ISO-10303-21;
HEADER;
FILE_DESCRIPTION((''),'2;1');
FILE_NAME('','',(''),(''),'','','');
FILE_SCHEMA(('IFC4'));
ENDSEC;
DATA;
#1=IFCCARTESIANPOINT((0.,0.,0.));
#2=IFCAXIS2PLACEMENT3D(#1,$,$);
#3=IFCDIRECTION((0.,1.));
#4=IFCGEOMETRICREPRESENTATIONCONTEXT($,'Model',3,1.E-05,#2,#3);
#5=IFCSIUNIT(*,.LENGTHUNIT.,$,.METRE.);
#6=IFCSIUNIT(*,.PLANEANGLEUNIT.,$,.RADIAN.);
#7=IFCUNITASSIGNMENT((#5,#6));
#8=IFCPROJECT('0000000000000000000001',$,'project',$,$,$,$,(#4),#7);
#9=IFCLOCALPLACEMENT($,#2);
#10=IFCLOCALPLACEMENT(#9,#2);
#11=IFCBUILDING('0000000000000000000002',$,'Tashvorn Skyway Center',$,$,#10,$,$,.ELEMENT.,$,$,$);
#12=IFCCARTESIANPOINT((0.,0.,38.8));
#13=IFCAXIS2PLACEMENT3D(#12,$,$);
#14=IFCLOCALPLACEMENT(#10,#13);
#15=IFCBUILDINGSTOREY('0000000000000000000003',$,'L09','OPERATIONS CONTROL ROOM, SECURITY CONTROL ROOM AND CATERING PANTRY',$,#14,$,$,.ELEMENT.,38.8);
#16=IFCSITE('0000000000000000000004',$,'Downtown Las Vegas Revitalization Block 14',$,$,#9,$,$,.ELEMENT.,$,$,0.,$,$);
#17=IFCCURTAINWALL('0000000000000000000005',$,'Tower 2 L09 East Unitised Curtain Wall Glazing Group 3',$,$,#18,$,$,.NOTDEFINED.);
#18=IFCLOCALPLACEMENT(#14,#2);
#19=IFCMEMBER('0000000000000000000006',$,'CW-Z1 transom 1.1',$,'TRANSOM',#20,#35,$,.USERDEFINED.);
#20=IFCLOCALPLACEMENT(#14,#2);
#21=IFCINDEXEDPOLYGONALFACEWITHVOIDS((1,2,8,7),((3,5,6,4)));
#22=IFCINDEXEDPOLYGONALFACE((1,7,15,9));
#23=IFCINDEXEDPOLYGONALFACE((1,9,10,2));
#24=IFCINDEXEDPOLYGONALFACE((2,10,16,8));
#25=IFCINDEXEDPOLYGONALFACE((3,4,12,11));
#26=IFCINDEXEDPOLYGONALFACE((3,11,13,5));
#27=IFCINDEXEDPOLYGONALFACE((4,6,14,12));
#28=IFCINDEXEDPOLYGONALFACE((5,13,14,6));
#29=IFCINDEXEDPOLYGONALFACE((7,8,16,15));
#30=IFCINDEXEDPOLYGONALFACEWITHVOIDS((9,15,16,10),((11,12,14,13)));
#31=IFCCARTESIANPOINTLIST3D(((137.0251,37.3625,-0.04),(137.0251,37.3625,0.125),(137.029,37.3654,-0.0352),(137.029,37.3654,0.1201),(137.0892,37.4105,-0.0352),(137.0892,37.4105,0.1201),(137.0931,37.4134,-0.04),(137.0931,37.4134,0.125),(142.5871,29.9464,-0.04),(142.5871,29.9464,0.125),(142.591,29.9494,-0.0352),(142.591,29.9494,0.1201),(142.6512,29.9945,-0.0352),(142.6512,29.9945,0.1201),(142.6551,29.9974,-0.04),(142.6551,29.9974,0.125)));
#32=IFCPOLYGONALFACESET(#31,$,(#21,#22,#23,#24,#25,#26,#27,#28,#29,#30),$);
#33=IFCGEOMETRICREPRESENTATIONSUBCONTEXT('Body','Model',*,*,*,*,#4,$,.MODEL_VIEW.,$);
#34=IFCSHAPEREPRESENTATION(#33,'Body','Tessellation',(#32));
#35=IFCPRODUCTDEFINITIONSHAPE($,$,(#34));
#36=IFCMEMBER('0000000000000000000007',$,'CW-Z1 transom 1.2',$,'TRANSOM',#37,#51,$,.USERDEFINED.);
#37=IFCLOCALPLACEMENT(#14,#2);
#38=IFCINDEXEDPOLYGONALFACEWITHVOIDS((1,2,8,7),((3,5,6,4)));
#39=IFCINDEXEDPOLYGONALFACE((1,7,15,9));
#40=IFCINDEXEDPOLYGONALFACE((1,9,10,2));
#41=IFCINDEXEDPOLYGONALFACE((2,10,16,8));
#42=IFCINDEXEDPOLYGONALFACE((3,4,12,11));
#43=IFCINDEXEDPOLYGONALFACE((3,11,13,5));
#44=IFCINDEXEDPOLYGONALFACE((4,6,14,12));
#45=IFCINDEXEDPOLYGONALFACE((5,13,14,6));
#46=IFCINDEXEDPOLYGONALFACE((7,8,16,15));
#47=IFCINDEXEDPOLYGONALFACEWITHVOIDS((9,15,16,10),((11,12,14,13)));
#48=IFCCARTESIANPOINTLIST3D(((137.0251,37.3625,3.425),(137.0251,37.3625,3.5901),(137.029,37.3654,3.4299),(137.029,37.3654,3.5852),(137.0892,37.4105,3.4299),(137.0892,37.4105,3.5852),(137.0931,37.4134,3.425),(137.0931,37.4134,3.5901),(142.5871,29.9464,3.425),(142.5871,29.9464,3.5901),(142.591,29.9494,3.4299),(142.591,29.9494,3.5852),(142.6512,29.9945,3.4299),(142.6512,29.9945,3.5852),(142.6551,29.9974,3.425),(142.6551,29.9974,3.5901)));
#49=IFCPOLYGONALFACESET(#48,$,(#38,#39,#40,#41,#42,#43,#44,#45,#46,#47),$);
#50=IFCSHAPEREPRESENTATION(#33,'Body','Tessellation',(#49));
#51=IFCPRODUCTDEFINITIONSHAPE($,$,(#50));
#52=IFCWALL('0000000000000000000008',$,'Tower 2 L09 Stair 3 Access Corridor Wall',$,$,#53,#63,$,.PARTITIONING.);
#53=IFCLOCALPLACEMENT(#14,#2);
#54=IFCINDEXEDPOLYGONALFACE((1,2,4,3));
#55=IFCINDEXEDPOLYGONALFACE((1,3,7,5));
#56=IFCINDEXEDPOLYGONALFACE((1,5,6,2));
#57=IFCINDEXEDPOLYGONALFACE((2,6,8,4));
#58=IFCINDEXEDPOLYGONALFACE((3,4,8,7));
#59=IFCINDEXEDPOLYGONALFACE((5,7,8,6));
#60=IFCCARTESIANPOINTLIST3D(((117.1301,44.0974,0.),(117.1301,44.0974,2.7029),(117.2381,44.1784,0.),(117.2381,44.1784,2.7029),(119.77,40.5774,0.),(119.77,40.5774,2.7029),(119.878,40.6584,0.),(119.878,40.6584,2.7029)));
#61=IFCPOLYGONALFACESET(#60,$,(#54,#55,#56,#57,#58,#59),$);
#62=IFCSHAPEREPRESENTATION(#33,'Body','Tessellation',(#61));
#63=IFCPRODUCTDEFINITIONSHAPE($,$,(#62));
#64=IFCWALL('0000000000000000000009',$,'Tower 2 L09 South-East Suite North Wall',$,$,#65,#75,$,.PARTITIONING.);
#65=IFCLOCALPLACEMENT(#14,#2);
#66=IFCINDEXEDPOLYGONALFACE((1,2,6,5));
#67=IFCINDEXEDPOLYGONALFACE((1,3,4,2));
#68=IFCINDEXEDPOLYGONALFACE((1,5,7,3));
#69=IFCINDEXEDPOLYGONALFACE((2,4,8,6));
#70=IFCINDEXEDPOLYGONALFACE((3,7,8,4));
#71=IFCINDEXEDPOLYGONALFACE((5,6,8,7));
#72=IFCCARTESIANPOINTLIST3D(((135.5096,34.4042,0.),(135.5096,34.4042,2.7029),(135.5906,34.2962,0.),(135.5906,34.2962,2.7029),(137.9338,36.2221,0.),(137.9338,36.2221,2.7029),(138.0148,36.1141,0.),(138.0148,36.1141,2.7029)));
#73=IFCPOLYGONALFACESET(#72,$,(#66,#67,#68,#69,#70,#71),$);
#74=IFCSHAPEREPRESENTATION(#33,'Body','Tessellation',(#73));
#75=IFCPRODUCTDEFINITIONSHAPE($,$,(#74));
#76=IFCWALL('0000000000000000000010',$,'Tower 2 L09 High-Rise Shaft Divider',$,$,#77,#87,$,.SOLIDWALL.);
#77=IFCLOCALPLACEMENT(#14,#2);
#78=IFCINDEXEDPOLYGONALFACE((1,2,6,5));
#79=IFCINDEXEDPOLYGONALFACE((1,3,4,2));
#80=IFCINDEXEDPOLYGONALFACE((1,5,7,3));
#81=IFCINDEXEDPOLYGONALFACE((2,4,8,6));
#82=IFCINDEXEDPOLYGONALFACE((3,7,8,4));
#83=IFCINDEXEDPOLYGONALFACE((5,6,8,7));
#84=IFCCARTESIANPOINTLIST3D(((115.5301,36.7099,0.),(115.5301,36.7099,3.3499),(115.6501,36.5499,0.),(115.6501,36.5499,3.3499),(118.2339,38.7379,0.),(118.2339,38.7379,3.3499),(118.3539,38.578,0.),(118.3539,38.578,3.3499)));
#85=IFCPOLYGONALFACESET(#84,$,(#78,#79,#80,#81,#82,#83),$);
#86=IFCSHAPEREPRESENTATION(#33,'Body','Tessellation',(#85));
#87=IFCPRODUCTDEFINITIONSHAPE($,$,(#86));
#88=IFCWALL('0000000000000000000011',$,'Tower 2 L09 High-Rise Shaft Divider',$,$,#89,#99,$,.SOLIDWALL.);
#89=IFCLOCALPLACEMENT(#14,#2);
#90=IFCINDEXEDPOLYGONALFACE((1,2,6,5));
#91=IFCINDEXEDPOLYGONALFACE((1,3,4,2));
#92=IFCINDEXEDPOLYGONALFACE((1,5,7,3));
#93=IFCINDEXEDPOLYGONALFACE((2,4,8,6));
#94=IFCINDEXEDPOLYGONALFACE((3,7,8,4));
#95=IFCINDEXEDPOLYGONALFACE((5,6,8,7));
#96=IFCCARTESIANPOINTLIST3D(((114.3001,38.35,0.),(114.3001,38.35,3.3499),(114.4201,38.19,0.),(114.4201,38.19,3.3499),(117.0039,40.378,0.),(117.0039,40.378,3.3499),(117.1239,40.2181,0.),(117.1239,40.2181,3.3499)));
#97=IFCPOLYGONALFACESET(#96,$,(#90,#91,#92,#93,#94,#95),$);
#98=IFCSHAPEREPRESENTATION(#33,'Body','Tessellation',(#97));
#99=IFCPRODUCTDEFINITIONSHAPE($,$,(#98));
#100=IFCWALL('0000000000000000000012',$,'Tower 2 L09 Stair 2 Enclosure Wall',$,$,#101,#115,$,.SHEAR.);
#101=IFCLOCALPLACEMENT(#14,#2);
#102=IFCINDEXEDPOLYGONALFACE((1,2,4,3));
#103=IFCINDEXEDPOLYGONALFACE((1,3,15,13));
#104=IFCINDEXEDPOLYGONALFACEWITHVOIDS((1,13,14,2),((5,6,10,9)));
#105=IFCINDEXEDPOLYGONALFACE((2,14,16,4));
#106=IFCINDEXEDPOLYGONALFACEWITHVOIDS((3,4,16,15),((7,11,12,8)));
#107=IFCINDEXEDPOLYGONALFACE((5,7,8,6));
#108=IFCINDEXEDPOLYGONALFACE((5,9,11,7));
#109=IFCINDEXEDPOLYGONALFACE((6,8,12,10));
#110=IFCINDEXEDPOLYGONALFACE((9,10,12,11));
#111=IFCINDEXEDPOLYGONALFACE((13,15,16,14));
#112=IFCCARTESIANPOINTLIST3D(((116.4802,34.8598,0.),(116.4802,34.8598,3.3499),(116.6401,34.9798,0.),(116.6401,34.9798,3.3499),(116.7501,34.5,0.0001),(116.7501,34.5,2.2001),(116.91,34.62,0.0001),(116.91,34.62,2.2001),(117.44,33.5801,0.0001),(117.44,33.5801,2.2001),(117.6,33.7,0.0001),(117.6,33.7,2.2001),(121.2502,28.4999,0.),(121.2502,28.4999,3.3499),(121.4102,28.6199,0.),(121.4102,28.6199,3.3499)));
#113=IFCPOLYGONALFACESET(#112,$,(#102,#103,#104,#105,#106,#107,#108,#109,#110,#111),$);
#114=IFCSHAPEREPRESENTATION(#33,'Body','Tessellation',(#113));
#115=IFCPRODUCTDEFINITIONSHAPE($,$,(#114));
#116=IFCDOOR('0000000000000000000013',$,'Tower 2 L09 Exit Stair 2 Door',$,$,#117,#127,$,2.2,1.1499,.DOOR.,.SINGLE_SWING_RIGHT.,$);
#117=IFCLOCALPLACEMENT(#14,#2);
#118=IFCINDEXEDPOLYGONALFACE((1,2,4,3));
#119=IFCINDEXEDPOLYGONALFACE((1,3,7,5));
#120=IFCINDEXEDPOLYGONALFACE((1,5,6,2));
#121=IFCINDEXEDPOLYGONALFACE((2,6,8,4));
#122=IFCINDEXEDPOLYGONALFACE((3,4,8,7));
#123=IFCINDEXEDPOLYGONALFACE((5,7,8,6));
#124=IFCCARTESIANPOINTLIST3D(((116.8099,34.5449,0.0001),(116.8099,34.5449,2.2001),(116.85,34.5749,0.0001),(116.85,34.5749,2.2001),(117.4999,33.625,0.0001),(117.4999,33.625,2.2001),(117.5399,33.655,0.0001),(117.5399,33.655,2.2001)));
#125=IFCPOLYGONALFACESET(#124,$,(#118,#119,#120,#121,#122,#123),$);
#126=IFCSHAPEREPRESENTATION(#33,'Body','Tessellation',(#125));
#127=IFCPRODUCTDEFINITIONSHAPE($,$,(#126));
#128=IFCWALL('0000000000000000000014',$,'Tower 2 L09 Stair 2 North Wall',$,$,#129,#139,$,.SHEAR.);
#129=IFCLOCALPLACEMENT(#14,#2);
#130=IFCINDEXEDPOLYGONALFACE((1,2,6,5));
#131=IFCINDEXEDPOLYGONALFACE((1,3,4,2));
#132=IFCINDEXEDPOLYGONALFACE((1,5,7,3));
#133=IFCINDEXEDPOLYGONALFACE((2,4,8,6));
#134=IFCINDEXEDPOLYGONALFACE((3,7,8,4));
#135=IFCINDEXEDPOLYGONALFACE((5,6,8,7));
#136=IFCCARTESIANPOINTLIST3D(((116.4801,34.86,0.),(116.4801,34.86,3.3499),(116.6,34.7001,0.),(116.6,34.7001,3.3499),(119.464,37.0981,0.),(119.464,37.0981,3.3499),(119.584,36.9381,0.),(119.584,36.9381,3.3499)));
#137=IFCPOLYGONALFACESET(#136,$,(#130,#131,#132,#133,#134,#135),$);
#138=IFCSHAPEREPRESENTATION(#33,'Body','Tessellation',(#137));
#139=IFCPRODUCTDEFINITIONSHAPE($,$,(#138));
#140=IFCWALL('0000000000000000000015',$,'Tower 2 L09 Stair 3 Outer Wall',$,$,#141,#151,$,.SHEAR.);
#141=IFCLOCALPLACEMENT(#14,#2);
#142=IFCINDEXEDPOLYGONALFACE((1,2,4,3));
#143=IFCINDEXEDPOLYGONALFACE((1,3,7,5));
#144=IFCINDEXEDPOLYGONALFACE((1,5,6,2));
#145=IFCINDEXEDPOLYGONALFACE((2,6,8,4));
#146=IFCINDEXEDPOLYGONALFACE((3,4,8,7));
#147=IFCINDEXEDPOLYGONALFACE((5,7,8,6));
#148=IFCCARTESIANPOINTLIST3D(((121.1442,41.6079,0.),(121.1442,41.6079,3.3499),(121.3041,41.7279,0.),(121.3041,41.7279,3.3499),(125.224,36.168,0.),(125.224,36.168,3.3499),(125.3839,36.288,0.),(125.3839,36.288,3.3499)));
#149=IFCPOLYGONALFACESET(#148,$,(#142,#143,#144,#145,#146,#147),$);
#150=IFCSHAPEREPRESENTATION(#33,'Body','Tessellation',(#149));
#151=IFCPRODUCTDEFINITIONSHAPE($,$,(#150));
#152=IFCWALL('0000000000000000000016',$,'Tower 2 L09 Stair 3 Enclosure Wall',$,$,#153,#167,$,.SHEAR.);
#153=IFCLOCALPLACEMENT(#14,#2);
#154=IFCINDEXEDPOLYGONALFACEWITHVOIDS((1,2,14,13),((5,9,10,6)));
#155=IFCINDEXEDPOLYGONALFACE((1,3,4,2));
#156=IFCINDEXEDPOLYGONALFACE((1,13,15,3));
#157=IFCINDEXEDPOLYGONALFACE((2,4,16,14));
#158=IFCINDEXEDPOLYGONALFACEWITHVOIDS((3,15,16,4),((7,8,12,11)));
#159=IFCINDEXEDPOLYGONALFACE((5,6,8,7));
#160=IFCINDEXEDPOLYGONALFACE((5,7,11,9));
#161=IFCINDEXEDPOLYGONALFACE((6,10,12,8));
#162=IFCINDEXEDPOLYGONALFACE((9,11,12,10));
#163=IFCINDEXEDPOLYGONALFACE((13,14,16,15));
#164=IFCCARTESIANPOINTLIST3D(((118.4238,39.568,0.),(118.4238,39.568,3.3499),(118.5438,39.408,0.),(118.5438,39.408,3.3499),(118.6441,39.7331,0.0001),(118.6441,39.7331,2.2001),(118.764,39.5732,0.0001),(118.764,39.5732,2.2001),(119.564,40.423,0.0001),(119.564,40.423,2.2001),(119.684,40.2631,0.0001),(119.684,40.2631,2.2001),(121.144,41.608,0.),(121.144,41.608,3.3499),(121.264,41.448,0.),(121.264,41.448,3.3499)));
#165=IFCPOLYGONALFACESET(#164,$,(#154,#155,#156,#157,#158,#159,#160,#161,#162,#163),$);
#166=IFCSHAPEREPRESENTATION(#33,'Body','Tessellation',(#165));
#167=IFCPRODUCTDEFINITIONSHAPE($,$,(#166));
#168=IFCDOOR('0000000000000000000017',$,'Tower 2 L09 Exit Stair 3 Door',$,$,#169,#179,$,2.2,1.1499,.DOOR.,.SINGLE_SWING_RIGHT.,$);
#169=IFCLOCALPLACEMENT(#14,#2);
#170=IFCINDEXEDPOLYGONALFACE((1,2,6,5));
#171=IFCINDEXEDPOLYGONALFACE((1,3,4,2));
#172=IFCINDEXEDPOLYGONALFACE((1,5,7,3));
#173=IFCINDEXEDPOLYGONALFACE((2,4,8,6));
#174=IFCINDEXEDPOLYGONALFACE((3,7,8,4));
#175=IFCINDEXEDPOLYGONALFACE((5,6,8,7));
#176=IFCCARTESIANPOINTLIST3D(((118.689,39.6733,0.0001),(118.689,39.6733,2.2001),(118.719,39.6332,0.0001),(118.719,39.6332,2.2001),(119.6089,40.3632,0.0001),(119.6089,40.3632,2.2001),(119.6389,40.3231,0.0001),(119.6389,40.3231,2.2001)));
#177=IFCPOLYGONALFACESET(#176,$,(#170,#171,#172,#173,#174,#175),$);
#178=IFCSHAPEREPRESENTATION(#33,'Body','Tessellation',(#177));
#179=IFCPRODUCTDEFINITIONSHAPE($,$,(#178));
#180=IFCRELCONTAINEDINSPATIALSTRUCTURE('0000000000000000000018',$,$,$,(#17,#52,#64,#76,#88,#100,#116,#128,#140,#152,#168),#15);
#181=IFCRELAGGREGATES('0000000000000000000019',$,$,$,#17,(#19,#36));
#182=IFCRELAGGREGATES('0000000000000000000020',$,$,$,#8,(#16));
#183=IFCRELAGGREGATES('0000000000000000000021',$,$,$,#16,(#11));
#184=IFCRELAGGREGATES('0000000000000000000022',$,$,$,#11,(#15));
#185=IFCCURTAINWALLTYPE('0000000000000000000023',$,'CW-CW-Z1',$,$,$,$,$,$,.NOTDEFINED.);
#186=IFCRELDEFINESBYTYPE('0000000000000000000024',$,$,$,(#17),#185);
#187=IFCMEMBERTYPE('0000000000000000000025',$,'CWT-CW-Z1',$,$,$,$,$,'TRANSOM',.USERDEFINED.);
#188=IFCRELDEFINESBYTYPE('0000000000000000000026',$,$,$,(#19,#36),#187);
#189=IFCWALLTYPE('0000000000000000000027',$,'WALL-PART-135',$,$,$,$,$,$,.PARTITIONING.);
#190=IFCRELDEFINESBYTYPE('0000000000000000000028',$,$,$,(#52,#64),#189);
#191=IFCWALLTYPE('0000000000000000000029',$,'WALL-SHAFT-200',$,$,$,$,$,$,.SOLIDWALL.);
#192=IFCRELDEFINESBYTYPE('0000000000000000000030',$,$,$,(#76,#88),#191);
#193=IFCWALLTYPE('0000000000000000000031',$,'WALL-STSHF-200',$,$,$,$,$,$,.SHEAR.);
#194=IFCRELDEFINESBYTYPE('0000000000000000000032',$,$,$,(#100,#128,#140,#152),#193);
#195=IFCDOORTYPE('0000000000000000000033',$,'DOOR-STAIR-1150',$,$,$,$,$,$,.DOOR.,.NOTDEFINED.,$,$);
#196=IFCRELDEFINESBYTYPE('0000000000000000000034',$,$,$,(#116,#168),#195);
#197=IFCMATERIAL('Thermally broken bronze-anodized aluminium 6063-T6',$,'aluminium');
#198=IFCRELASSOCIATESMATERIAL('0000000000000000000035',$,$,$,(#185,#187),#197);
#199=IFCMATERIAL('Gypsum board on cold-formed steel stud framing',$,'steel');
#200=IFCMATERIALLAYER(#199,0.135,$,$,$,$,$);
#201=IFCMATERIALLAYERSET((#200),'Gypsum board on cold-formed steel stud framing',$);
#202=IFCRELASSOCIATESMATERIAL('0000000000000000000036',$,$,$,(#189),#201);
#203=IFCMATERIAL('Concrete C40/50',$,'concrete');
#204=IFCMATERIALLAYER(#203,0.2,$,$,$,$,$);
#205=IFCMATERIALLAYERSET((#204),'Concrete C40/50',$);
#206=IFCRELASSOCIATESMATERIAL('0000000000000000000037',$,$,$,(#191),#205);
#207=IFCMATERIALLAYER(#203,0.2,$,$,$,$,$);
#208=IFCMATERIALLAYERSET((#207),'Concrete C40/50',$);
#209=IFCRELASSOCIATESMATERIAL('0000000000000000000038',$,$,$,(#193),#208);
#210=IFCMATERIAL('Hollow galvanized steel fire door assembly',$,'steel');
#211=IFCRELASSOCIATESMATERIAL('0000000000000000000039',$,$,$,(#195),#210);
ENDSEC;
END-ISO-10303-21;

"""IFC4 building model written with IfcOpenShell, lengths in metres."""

from ifc_helpers import new_model, si_unit, direction, frame, frame_2d, origin, origin_2d, place, context, subcontext, project, spatial, rectangle, hollow_rectangle, extrude, material, layer, layer_set, material_profile, profile_set, type_object, element, fill, aggregate, save


model = new_model("IFC4")

# Units and contexts
model_context = context("Model", 3, precision=1e-05, world=origin(), true_north=direction((0.0, 1.0)))
body_context = subcontext(model_context, "Body", "Model", "MODEL_VIEW")
ifc_project = project(units=[si_unit("LENGTHUNIT", "METRE"), si_unit("PLANEANGLEUNIT", "RADIAN")], contexts=[model_context])

# Site, building, storey
site_placement = place(None, origin())
site = spatial("IfcSite", under=ifc_project, at=site_placement, Name="Downtown Las Vegas Revitalization Block 14", CompositionType="ELEMENT", RefElevation=0.0)
building_placement = place(site_placement, origin())
building = spatial("IfcBuilding", under=site, at=building_placement, Name="Tashvorn Skyway Center", CompositionType="ELEMENT")
storey_placement = place(building_placement, frame((0.0, 0.0, 38.8)))
storey = spatial("IfcBuildingStorey", under=building, at=storey_placement, Name="L09", Description="OPERATIONS CONTROL ROOM, SECURITY CONTROL ROOM AND CATERING PANTRY", CompositionType="ELEMENT", Elevation=38.8)

# Curtain wall, members
ifc_material_1 = material(Name="Thermally broken bronze-anodized aluminium 6063-T6", Category="aluminium")
curtain_wall_type = type_object("IfcCurtainWallType", Name="CW-CW-Z1", PredefinedType="NOTDEFINED", material=ifc_material_1)
curtain_wall_placement = place(storey_placement, origin())
curtain_wall = element("IfcCurtainWall", 1, at=curtain_wall_placement, inside=storey, type_object=curtain_wall_type, Name="Tower 2 L09 East Unitised Curtain Wall Glazing Group 3", PredefinedType="NOTDEFINED")
ifc_material_profile_1 = material_profile(ifc_material_1, hollow_rectangle(XDim=0.085, YDim=0.165, WallThickness=0.0049, at=origin_2d()), Name="ALU-TRAN-85x165")
ifc_profile_set_1 = profile_set([ifc_material_profile_1], Name="Thermally broken bronze-anodized aluminium 6063-T6")
member_type_1 = type_object("IfcMemberType", Name="CWT-CW-Z1", ElementType="TRANSOM", PredefinedType="USERDEFINED", material=ifc_profile_set_1)
member_1_placement = place(storey_placement, frame((137.0591, 37.3879, 0.0425), z_axis=(0.6, -0.8, 0.0), x_axis=(0.8, 0.6, 0.0)))
member_1 = element("IfcMember", 2, at=member_1_placement, type_object=member_type_1, Name="CW-Z1 transom 1.1", ObjectType="TRANSOM", PredefinedType="USERDEFINED", context=body_context, shape_type="SweptSolid", body=[
    extrude(hollow_rectangle(XDim=0.085, YDim=0.165, WallThickness=0.0049, at=origin_2d()), origin(), (0.0, 0.0, 1.0), 9.27),
])
member_2_placement = place(storey_placement, frame((137.0591, 37.3879, 3.5076), z_axis=(0.6, -0.8, 0.0), x_axis=(0.8, 0.6, 0.0)))
member_2 = element("IfcMember", 3, at=member_2_placement, type_object=member_type_1, Name="CW-Z1 transom 1.2", ObjectType="TRANSOM", PredefinedType="USERDEFINED", context=body_context, shape_type="SweptSolid", body=[
    extrude(hollow_rectangle(XDim=0.085, YDim=0.165, WallThickness=0.0049, at=origin_2d()), origin(), (0.0, 0.0, 1.0), 9.27),
])
aggregate(curtain_wall, [member_1, member_2])

# Walls
ifc_material_2 = material(Name="Gypsum board on cold-formed steel stud framing", Category="steel")
ifc_layer_1 = layer(ifc_material_2, 0.135)
ifc_layer_set_1 = layer_set([ifc_layer_1], Name="Gypsum board on cold-formed steel stud framing")
wall_type_1 = type_object("IfcWallType", Name="WALL-PART-135", PredefinedType="PARTITIONING", material=ifc_layer_set_1)
wall_1_placement = place(storey_placement, frame((119.824, 40.6179, 0.0), z_axis=(0.0, 0.0, 1.0), x_axis=(-0.599982, 0.800013, 0.0)))
element("IfcWall", 4, at=wall_1_placement, inside=storey, type_object=wall_type_1, Name="Tower 2 L09 Stair 3 Access Corridor Wall", PredefinedType="PARTITIONING", context=body_context, shape_type="SweptSolid", body=[
    extrude(rectangle(XDim=4.3999, YDim=0.135, at=frame_2d((2.2, 0.0))), origin(), (0.0, 0.0, 1.0), 2.7029),
])
wall_2_placement = place(storey_placement, frame((135.55, 34.3501, 0.0), z_axis=(0.0, 0.0, 1.0), x_axis=(0.800029, 0.599961, 0.0)))
element("IfcWall", 5, at=wall_2_placement, inside=storey, type_object=wall_type_1, Name="Tower 2 L09 South-East Suite North Wall", PredefinedType="PARTITIONING", context=body_context, shape_type="SweptSolid", body=[
    extrude(rectangle(XDim=3.03, YDim=0.135, at=frame_2d((1.5151, 0.0))), origin(), (0.0, 0.0, 1.0), 2.7029),
])
ifc_material_3 = material(Name="Concrete C40/50", Category="concrete")
ifc_layer_2 = layer(ifc_material_3, 0.2)
ifc_layer_set_2 = layer_set([ifc_layer_2], Name="Concrete C40/50")
wall_type_2 = type_object("IfcWallType", Name="WALL-SHAFT-200", PredefinedType="SOLIDWALL", material=ifc_layer_set_2)
for number, where, z_axis, x_axis, name in (
    (6, (115.5901, 36.6299, 0.0), (0.0, 0.0, 1.0), (0.799974, 0.600035, 0.0), "Tower 2 L09 High-Rise Shaft Divider"),
    (7, (114.3601, 38.27, 0.0), (0.0, 0.0, 1.0), (0.799974, 0.600035, 0.0), "Tower 2 L09 High-Rise Shaft Divider"),
):
    element("IfcWall", number, at=place(storey_placement, frame(where, z_axis=z_axis, x_axis=x_axis)), inside=storey, type_object=wall_type_2, Name=name, PredefinedType="SOLIDWALL", context=body_context, shape_type="SweptSolid", body=[
        extrude(rectangle(XDim=3.3799, YDim=0.2, at=frame_2d((1.6899, 0.0))), origin(), (0.0, 0.0, 1.0), 3.3499),
    ])

# Wall, opening, door
ifc_layer_3 = layer(ifc_material_3, 0.2)
ifc_layer_set_3 = layer_set([ifc_layer_3], Name="Concrete C40/50")
wall_type_3 = type_object("IfcWallType", Name="WALL-STSHF-200", PredefinedType="SHEAR", material=ifc_layer_set_3)
wall_3_placement = place(storey_placement, frame((116.5601, 34.9199, 0.0), z_axis=(0.0, 0.0, 1.0), x_axis=(0.60001, -0.799993, 0.0)))
wall_3 = element("IfcWall", 8, at=wall_3_placement, inside=storey, type_object=wall_type_3, Name="Tower 2 L09 Stair 2 Enclosure Wall", PredefinedType="SHEAR", context=body_context, shape_type="SweptSolid", body=[
    extrude(rectangle(XDim=7.95, YDim=0.2, at=frame_2d((3.9751, 0.0))), origin(), (0.0, 0.0, 1.0), 3.3499),
])
opening_1_placement = place(wall_3_placement, frame((0.45, 0.0, 0.0)))
opening_1 = element("IfcOpeningElement", 9, at=opening_1_placement, cuts=wall_3, PredefinedType="OPENING", context=body_context, shape_type="SweptSolid", body=[
    extrude(rectangle(XDim=1.1499, YDim=2.2, at=frame_2d((0.575, 1.1001))), frame((0.0, 0.1099, 0.0), z_axis=(0.0, -1.0, 0.0), x_axis=(1.0, 0.0, 0.0)), (0.0, 0.0, 1.0), 0.22),
])
ifc_material_4 = material(Name="Hollow galvanized steel fire door assembly", Category="steel")
door_type = type_object("IfcDoorType", Name="DOOR-STAIR-1150", OperationType="NOTDEFINED", PredefinedType="DOOR", material=ifc_material_4)
door_1_placement = place(opening_1_placement, origin())
door_1 = element("IfcDoor", 10, at=door_1_placement, inside=storey, type_object=door_type, Name="Tower 2 L09 Exit Stair 2 Door", OperationType="SINGLE_SWING_RIGHT", OverallHeight=2.2, OverallWidth=1.1499, PredefinedType="DOOR", context=body_context, shape_type="SweptSolid", body=[
    extrude(rectangle(XDim=1.1499, YDim=2.2, at=frame_2d((0.575, 1.1001))), frame((0.0, 0.0249, 0.0), z_axis=(0.0, -1.0, 0.0), x_axis=(1.0, 0.0, 0.0)), (0.0, 0.0, 1.0), 0.05),
])
fill(opening_1, door_1)

# Walls
wall_4_placement = place(storey_placement, frame((116.54, 34.78, 0.0), z_axis=(0.0, 0.0, 1.0), x_axis=(0.799984, 0.600021, 0.0)))
element("IfcWall", 11, at=wall_4_placement, inside=storey, type_object=wall_type_3, Name="Tower 2 L09 Stair 2 North Wall", PredefinedType="SHEAR", context=body_context, shape_type="SweptSolid", body=[
    extrude(rectangle(XDim=3.73, YDim=0.2, at=frame_2d((1.865, 0.0))), origin(), (0.0, 0.0, 1.0), 3.3499),
])
wall_5_placement = place(storey_placement, frame((125.304, 36.228, 0.0), z_axis=(0.0, 0.0, 1.0), x_axis=(-0.599989, 0.800009, 0.0)))
element("IfcWall", 12, at=wall_5_placement, inside=storey, type_object=wall_type_3, Name="Tower 2 L09 Stair 3 Outer Wall", PredefinedType="SHEAR", context=body_context, shape_type="SweptSolid", body=[
    extrude(rectangle(XDim=6.7998, YDim=0.2, at=frame_2d((3.3999, 0.0))), origin(), (0.0, 0.0, 1.0), 3.3499),
])

# Wall, opening, door
wall_6_placement = place(storey_placement, frame((121.2041, 41.5281, 0.0), z_axis=(0.0, 0.0, 1.0), x_axis=(-0.800017, -0.599977, 0.0)))
wall_6 = element("IfcWall", 13, at=wall_6_placement, inside=storey, type_object=wall_type_3, Name="Tower 2 L09 Stair 3 Enclosure Wall", PredefinedType="SHEAR", context=body_context, shape_type="SweptSolid", body=[
    extrude(rectangle(XDim=3.4001, YDim=0.2, at=frame_2d((1.7002, 0.0))), origin(), (0.0, 0.0, 1.0), 3.3499),
])
opening_2_placement = place(wall_6_placement, frame((1.9751, 0.0, 0.0)))
opening_2 = element("IfcOpeningElement", 14, at=opening_2_placement, cuts=wall_6, PredefinedType="OPENING", context=body_context, shape_type="SweptSolid", body=[
    extrude(rectangle(XDim=1.1499, YDim=2.2, at=frame_2d((0.575, 1.1001))), frame((0.0, 0.1099, 0.0), z_axis=(0.0, -1.0, 0.0), x_axis=(1.0, 0.0, 0.0)), (0.0, 0.0, 1.0), 0.22),
])
door_2_placement = place(opening_2_placement, origin())
door_2 = element("IfcDoor", 15, at=door_2_placement, inside=storey, type_object=door_type, Name="Tower 2 L09 Exit Stair 3 Door", OperationType="SINGLE_SWING_RIGHT", OverallHeight=2.2, OverallWidth=1.1499, PredefinedType="DOOR", context=body_context, shape_type="SweptSolid", body=[
    extrude(rectangle(XDim=1.1499, YDim=2.2, at=frame_2d((0.575, 1.1001))), frame((0.0, 0.0249, 0.0), z_axis=(0.0, -1.0, 0.0), x_axis=(1.0, 0.0, 0.0)), (0.0, 0.0, 1.0), 0.05),
])
fill(opening_2, door_2)

save(model, "model.ifc")
